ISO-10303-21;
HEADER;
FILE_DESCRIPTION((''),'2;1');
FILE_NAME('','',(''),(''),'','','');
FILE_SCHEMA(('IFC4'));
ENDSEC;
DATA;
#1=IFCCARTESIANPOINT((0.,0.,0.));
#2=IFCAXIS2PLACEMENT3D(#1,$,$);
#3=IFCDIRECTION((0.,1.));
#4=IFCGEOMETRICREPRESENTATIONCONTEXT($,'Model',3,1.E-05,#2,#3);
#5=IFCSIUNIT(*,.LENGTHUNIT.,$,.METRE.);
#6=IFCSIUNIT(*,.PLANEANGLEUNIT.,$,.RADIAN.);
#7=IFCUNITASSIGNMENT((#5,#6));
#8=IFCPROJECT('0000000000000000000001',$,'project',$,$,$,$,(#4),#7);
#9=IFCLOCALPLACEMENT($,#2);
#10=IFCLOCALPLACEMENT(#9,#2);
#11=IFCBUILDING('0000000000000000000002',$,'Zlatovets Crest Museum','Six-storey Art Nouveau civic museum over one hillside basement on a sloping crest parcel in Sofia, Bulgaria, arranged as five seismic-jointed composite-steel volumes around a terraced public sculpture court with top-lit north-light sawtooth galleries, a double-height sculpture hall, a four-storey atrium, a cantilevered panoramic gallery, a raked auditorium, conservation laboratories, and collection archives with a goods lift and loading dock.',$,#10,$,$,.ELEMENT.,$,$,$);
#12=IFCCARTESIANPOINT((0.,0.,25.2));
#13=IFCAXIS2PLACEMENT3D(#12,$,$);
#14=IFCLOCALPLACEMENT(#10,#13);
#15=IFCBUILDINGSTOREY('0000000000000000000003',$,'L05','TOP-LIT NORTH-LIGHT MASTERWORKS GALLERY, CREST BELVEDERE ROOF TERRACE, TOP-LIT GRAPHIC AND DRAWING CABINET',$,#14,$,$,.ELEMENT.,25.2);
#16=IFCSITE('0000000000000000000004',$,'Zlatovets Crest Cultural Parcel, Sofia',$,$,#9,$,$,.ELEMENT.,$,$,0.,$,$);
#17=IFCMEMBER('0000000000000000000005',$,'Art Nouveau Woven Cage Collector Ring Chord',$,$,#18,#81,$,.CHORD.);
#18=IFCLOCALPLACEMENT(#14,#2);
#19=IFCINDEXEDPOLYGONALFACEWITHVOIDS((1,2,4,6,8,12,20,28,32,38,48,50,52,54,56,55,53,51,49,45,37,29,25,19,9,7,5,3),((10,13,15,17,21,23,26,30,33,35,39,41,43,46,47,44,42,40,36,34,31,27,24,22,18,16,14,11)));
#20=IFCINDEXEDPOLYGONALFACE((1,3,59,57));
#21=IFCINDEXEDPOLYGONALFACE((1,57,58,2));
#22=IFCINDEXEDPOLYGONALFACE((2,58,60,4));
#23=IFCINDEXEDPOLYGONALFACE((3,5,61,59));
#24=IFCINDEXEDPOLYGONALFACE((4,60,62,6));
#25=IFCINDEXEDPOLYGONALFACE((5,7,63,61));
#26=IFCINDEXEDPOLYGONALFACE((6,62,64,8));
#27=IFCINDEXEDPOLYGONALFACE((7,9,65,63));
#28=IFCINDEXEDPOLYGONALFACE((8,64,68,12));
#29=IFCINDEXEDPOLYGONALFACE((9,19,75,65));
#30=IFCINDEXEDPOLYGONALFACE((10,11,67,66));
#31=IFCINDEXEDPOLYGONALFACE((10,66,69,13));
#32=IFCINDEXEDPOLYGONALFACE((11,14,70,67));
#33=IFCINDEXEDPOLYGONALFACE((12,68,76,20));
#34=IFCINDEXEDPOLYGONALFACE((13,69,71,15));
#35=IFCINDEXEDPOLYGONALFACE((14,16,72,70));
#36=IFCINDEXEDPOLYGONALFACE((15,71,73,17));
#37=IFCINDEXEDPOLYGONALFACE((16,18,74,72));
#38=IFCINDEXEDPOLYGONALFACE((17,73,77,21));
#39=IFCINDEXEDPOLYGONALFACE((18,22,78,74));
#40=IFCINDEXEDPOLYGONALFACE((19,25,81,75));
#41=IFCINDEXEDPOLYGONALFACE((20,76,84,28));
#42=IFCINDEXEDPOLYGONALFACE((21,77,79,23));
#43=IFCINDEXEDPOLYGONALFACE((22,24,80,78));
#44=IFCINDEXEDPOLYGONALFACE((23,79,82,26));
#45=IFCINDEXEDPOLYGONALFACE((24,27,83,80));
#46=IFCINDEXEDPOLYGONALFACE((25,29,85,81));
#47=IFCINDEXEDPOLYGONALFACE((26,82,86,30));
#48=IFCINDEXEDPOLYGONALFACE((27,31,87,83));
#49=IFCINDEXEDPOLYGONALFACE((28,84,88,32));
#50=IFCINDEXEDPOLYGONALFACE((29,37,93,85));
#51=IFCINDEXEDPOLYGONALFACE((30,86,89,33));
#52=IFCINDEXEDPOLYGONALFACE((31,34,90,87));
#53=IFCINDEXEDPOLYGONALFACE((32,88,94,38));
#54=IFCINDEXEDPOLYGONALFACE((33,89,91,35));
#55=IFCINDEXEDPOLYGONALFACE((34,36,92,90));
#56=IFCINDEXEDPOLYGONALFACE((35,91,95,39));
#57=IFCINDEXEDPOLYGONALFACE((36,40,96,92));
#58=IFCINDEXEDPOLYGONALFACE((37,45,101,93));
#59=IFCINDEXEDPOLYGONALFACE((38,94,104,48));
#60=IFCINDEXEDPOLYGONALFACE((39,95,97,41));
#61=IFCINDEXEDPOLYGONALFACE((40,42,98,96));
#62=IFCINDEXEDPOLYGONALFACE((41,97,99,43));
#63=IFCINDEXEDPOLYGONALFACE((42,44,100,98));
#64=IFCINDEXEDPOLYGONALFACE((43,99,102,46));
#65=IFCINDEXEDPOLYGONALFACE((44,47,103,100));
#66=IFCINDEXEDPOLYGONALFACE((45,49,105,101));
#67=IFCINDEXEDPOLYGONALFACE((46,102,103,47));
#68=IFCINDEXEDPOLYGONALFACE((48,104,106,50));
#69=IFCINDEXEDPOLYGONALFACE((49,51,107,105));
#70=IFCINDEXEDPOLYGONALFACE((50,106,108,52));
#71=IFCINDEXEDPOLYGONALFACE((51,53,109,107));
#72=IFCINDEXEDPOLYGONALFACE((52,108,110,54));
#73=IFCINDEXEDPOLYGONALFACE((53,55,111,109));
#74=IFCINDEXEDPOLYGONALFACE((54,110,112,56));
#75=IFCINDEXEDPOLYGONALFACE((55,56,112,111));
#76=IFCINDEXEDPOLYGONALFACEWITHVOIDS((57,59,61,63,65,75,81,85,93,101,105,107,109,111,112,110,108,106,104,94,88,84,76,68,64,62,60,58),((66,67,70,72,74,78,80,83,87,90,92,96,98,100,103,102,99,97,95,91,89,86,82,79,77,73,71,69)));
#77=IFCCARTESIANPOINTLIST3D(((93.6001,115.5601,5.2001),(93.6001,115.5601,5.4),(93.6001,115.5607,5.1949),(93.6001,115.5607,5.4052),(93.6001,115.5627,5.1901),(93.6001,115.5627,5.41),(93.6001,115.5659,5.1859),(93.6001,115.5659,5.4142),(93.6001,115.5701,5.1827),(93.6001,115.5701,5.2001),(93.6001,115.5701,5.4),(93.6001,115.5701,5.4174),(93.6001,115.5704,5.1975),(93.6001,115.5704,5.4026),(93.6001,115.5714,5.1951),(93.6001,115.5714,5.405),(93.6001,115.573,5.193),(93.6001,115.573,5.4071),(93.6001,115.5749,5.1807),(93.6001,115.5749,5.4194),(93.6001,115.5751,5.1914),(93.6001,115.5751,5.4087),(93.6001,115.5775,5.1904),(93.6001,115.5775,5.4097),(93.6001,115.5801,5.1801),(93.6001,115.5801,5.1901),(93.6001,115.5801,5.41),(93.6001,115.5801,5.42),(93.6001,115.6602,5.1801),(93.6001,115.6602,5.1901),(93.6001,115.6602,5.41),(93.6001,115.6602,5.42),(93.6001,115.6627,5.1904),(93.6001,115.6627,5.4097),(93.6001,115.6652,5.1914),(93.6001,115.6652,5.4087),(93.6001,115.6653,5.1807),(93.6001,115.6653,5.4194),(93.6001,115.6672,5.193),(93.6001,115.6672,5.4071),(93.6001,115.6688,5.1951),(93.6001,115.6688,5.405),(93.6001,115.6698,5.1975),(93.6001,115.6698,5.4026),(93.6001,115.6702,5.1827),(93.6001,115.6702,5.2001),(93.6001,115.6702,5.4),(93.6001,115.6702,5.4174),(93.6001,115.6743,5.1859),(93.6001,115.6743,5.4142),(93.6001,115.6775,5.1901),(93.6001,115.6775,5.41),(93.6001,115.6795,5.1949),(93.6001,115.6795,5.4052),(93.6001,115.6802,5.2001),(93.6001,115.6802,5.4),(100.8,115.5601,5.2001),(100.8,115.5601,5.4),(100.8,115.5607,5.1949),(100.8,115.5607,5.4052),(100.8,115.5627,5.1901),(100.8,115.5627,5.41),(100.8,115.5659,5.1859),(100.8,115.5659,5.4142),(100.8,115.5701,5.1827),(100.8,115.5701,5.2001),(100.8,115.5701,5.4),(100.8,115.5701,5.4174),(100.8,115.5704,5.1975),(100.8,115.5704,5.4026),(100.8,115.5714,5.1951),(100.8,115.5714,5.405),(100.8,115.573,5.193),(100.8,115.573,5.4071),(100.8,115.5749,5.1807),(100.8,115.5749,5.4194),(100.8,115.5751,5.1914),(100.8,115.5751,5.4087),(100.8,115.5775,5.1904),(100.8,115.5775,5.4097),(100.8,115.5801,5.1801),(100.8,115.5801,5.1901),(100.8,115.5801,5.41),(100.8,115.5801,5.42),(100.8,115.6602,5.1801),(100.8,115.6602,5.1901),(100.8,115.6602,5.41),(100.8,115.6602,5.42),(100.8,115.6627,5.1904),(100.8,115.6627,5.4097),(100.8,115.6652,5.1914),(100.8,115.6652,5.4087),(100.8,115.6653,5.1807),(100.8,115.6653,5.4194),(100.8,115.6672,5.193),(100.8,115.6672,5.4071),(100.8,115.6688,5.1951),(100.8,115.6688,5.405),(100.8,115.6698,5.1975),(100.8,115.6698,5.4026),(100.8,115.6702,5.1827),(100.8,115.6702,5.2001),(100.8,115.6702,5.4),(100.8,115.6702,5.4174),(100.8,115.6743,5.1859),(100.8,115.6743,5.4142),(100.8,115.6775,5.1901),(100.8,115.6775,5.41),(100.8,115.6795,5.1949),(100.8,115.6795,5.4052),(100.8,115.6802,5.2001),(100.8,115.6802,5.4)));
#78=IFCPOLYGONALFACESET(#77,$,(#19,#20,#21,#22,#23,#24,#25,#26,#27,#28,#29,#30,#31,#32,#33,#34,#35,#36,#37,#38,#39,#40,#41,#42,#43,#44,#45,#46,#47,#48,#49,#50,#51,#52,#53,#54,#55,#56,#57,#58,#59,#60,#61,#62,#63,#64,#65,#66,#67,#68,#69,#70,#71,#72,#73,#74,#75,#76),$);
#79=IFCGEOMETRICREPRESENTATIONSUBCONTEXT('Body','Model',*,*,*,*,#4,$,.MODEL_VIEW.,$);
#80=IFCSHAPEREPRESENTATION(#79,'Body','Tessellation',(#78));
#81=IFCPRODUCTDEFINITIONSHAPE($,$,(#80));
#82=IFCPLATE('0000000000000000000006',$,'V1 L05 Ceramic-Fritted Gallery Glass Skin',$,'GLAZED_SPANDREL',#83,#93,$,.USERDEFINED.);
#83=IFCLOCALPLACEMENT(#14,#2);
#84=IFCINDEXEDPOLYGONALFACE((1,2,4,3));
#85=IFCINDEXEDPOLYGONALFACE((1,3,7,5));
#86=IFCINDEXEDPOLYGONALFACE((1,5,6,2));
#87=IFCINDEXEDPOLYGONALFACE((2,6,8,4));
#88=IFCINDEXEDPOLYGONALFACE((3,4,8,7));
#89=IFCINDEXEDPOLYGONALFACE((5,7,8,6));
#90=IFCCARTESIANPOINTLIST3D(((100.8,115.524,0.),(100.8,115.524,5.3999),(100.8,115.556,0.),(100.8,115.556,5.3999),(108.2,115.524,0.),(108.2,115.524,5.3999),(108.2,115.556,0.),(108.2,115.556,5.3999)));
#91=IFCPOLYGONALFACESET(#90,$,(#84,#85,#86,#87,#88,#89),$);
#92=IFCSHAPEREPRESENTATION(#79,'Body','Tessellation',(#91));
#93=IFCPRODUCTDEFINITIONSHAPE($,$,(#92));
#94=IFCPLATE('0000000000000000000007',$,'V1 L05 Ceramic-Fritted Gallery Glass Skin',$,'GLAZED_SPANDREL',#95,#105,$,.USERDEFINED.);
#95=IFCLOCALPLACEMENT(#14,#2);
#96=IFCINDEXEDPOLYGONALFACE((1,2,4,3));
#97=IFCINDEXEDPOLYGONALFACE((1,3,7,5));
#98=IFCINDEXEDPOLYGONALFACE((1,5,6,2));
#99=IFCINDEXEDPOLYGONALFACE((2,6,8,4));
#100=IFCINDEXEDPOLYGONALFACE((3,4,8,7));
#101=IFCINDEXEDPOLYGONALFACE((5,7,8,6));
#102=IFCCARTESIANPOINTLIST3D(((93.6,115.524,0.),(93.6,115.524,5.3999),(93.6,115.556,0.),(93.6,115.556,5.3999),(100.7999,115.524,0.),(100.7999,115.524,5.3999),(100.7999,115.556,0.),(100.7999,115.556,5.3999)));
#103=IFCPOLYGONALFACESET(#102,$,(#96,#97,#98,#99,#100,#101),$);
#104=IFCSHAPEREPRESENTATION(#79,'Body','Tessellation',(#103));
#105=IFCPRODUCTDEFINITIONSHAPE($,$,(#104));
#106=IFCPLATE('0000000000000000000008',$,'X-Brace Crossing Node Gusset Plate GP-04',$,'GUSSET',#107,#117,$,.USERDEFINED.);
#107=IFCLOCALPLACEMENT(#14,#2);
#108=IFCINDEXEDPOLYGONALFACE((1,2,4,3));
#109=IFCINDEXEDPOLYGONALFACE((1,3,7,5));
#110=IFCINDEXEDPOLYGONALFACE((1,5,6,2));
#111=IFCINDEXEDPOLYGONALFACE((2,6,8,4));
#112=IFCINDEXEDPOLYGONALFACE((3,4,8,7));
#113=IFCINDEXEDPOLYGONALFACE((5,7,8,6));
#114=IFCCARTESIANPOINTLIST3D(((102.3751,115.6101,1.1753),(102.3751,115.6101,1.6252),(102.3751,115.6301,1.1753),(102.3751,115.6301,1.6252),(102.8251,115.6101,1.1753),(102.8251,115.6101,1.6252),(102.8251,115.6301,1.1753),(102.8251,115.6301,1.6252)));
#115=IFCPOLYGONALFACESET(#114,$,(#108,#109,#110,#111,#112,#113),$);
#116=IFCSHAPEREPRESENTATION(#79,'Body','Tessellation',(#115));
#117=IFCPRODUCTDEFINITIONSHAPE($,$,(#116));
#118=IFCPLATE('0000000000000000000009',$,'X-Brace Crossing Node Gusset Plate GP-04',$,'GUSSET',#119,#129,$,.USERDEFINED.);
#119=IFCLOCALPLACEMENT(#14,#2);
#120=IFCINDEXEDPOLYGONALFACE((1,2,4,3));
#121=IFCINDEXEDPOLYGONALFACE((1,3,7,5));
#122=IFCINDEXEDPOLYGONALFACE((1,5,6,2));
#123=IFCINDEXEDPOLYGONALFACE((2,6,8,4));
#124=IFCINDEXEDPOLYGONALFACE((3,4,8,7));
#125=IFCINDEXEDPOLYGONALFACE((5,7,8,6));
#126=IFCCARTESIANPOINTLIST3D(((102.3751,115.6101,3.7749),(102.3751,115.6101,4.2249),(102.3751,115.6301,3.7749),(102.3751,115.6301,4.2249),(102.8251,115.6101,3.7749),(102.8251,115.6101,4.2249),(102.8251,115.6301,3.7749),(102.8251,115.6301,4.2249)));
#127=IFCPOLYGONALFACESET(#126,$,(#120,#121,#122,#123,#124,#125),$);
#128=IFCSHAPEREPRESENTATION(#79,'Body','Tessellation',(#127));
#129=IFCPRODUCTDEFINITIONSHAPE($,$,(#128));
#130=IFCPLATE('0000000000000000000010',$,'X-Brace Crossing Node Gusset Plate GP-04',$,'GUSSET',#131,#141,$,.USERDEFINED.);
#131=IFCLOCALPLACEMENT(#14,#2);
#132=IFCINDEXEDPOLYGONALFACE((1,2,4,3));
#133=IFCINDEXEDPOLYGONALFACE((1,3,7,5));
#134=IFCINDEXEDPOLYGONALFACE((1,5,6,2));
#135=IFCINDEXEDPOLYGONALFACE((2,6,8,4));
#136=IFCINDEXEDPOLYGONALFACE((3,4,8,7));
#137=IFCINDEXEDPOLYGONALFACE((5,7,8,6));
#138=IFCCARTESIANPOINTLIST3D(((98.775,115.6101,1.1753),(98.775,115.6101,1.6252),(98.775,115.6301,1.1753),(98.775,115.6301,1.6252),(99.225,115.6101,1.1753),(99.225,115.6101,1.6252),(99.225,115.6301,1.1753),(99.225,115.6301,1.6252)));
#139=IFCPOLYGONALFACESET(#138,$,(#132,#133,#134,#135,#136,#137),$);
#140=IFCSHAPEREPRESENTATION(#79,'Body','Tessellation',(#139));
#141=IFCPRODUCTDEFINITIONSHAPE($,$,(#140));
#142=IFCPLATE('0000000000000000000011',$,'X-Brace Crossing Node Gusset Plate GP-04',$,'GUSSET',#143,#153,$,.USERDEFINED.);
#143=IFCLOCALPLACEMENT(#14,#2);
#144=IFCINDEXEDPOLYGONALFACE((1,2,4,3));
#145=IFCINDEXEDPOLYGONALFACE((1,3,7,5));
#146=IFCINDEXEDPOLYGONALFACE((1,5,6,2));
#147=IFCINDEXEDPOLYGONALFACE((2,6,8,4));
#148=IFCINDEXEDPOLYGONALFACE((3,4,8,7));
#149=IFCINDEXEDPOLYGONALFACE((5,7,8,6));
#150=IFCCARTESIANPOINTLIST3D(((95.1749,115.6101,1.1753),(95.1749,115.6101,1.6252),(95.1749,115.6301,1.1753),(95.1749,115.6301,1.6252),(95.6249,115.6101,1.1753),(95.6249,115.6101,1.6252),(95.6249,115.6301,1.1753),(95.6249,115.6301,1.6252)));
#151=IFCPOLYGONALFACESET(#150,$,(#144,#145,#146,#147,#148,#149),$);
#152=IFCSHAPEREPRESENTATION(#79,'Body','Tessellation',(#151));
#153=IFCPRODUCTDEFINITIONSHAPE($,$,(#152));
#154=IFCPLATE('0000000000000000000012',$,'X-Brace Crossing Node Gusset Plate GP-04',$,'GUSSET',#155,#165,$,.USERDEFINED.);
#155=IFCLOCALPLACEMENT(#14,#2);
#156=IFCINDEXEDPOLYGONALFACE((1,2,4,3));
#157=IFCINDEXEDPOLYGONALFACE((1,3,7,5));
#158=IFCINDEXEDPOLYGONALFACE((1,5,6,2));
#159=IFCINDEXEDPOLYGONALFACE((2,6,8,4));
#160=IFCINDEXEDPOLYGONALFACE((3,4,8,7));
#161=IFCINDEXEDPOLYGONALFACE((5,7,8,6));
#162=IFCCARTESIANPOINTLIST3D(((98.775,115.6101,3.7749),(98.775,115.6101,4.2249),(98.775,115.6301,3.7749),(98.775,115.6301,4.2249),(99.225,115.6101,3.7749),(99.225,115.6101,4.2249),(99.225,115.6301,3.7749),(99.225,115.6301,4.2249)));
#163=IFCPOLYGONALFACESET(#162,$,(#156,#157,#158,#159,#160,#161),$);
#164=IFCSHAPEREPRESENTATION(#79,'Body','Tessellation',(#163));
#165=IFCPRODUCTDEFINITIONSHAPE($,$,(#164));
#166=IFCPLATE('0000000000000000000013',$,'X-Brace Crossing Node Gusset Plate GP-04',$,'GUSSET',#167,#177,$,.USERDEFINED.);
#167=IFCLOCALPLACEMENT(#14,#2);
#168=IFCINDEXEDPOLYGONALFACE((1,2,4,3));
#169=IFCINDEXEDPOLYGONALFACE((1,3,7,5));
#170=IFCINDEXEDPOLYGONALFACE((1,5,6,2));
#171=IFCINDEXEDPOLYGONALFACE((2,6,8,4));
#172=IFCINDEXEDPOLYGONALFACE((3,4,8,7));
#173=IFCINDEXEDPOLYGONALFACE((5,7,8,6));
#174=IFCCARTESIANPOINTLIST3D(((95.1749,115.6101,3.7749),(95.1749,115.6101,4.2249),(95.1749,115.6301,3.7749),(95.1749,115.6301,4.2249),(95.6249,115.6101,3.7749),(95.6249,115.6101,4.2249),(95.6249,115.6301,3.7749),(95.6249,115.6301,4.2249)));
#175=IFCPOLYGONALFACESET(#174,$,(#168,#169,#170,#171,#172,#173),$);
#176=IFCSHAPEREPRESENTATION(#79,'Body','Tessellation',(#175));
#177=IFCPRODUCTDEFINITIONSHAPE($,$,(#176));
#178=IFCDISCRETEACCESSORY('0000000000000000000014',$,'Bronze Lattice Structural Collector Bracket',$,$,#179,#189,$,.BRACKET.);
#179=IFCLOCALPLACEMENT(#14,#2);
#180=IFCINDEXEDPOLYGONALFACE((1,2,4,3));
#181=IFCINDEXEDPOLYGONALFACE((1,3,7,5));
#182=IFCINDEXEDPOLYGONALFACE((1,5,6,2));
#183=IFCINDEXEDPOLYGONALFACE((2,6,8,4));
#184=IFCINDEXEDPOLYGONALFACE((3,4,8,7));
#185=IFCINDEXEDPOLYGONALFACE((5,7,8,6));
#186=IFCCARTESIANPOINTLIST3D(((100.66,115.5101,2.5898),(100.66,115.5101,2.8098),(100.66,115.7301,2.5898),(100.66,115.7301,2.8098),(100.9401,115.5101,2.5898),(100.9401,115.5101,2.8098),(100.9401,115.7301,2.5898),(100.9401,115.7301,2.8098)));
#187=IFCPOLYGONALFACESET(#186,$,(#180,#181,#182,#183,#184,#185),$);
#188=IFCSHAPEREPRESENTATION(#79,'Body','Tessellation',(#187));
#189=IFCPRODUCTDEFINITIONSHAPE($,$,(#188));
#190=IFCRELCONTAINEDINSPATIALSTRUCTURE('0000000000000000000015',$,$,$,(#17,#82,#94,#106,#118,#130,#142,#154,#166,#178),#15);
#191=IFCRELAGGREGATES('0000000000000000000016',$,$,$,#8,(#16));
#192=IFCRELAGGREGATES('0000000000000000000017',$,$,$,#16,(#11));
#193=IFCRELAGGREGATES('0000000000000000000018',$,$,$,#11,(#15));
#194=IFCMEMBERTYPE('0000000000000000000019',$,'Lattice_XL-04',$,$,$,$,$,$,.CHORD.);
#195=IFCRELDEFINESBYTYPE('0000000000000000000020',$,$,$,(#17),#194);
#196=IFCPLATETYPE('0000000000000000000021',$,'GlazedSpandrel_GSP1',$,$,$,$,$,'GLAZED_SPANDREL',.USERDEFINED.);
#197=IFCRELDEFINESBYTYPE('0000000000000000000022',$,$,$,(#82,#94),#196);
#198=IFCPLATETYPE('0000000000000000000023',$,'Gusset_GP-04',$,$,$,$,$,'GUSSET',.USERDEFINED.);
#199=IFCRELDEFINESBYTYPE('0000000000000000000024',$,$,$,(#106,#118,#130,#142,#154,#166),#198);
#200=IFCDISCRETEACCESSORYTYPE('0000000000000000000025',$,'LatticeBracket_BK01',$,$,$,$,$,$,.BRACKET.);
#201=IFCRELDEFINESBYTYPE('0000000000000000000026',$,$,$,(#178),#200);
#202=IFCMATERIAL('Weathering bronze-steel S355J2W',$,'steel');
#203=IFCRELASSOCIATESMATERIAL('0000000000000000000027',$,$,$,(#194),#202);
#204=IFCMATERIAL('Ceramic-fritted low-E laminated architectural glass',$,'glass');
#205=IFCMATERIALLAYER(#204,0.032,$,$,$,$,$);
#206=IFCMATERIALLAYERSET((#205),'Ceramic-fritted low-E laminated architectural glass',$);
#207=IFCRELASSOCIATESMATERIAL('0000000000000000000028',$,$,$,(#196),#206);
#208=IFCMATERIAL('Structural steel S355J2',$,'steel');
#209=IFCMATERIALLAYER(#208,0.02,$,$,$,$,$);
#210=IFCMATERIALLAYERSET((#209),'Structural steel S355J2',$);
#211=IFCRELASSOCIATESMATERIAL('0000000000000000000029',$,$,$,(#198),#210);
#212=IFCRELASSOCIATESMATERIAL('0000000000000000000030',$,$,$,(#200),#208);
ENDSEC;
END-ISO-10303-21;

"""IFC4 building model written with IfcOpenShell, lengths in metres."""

from ifc_helpers import new_model, si_unit, direction, frame, origin, origin_2d, place, context, subcontext, project, spatial, rectangle, hollow_rectangle, extrude, material, layer, layer_set, material_profile, profile_set, type_object, element, save


model = new_model("IFC4")

# Units and contexts
model_context = context("Model", 3, precision=1e-05, world=origin(), true_north=direction((0.0, 1.0)))
body_context = subcontext(model_context, "Body", "Model", "MODEL_VIEW")
ifc_project = project(units=[si_unit("LENGTHUNIT", "METRE"), si_unit("PLANEANGLEUNIT", "RADIAN")], contexts=[model_context])

# Site, building, storey
site_placement = place(None, origin())
site = spatial("IfcSite", under=ifc_project, at=site_placement, Name="Zlatovets Crest Cultural Parcel, Sofia", CompositionType="ELEMENT", RefElevation=0.0)
building_placement = place(site_placement, origin())
building = spatial("IfcBuilding", under=site, at=building_placement, Name="Zlatovets Crest Museum", Description="Six-storey Art Nouveau civic museum over one hillside basement on a sloping crest parcel in Sofia, Bulgaria, arranged as five seismic-jointed composite-steel volumes around a terraced public sculpture court with top-lit north-light sawtooth galleries, a double-height sculpture hall, a four-storey atrium, a cantilevered panoramic gallery, a raked auditorium, conservation laboratories, and collection archives with a goods lift and loading dock.", CompositionType="ELEMENT")
storey_placement = place(building_placement, frame((0.0, 0.0, 25.2)))
storey = spatial("IfcBuildingStorey", under=building, at=storey_placement, Name="L05", Description="TOP-LIT NORTH-LIGHT MASTERWORKS GALLERY, CREST BELVEDERE ROOF TERRACE, TOP-LIT GRAPHIC AND DRAWING CABINET", CompositionType="ELEMENT", Elevation=25.2)

# Shared definitions
ifc_material_1 = material(Name="Structural steel S355J2", Category="steel")

# Member
ifc_material_2 = material(Name="Weathering bronze-steel S355J2W", Category="steel")
ifc_material_profile_1 = material_profile(ifc_material_2, hollow_rectangle(XDim=0.1201, YDim=0.24, WallThickness=0.01, InnerFilletRadius=0.01, OuterFilletRadius=0.02, at=origin_2d()), Name="RHS 120x240x10.0")
ifc_profile_set_1 = profile_set([ifc_material_profile_1], Name="Weathering bronze-steel S355J2W")
member_type_1 = type_object("IfcMemberType", Name="Lattice_XL-04", PredefinedType="CHORD", material=ifc_profile_set_1)
member_1_placement = place(storey_placement, frame((100.8, 115.6201, 5.3), z_axis=(-1.0, 0.0, 0.0), x_axis=(0.0, -1.0, 0.0)))
element("IfcMember", 1, at=member_1_placement, inside=storey, type_object=member_type_1, Name="Art Nouveau Woven Cage Collector Ring Chord", PredefinedType="CHORD", context=body_context, shape_type="SweptSolid", body=[
    extrude(hollow_rectangle(XDim=0.1201, YDim=0.24, WallThickness=0.01, InnerFilletRadius=0.01, OuterFilletRadius=0.02, at=origin_2d()), origin(), (0.0, 0.0, 1.0), 7.2),
])

# Plates
ifc_material_3 = material(Name="Ceramic-fritted low-E laminated architectural glass", Category="glass")
ifc_layer_1 = layer(ifc_material_3, 0.032)
ifc_layer_set_1 = layer_set([ifc_layer_1], Name="Ceramic-fritted low-E laminated architectural glass")
plate_type_1 = type_object("IfcPlateType", Name="GlazedSpandrel_GSP1", ElementType="GLAZED_SPANDREL", PredefinedType="USERDEFINED", material=ifc_layer_set_1)
plate_1_placement = place(storey_placement, frame((104.5, 115.54, 0.0), z_axis=(0.0, 0.0, 1.0), x_axis=(1.0, 0.0, 0.0)))
element("IfcPlate", 2, at=plate_1_placement, inside=storey, type_object=plate_type_1, Name="V1 L05 Ceramic-Fritted Gallery Glass Skin", ObjectType="GLAZED_SPANDREL", PredefinedType="USERDEFINED", context=body_context, shape_type="SweptSolid", body=[
    extrude(rectangle(XDim=7.3999, YDim=0.032, at=origin_2d()), origin(), (0.0, 0.0, 1.0), 5.3999),
])
plate_2_placement = place(storey_placement, frame((97.2, 115.54, 0.0), z_axis=(0.0, 0.0, 1.0), x_axis=(1.0, 0.0, 0.0)))
element("IfcPlate", 3, at=plate_2_placement, inside=storey, type_object=plate_type_1, Name="V1 L05 Ceramic-Fritted Gallery Glass Skin", ObjectType="GLAZED_SPANDREL", PredefinedType="USERDEFINED", context=body_context, shape_type="SweptSolid", body=[
    extrude(rectangle(XDim=7.2, YDim=0.032, at=origin_2d()), origin(), (0.0, 0.0, 1.0), 5.3999),
])
ifc_layer_2 = layer(ifc_material_1, 0.02)
ifc_layer_set_2 = layer_set([ifc_layer_2], Name="Structural steel S355J2")
plate_type_2 = type_object("IfcPlateType", Name="Gusset_GP-04", ElementType="GUSSET", PredefinedType="USERDEFINED", material=ifc_layer_set_2)
for number, where, z_axis, x_axis, name in (
    (4, (102.6001, 115.6201, 1.1753), (0.0, 0.0, 1.0), (1.0, 0.0, 0.0), "X-Brace Crossing Node Gusset Plate GP-04"),
    (5, (102.6001, 115.6201, 3.7749), (0.0, 0.0, 1.0), (1.0, 0.0, 0.0), "X-Brace Crossing Node Gusset Plate GP-04"),
    (6, (99.0, 115.6201, 1.1753), (0.0, 0.0, 1.0), (1.0, 0.0, 0.0), "X-Brace Crossing Node Gusset Plate GP-04"),
    (7, (95.3999, 115.6201, 1.1753), (0.0, 0.0, 1.0), (1.0, 0.0, 0.0), "X-Brace Crossing Node Gusset Plate GP-04"),
    (8, (99.0, 115.6201, 3.7749), (0.0, 0.0, 1.0), (1.0, 0.0, 0.0), "X-Brace Crossing Node Gusset Plate GP-04"),
    (9, (95.3999, 115.6201, 3.7749), (0.0, 0.0, 1.0), (1.0, 0.0, 0.0), "X-Brace Crossing Node Gusset Plate GP-04"),
):
    element("IfcPlate", number, at=place(storey_placement, frame(where, z_axis=z_axis, x_axis=x_axis)), inside=storey, type_object=plate_type_2, Name=name, ObjectType="GUSSET", PredefinedType="USERDEFINED", context=body_context, shape_type="SweptSolid", body=[
        extrude(rectangle(XDim=0.45, YDim=0.02, at=origin_2d()), origin(), (0.0, 0.0, 1.0), 0.45),
    ])

# Discrete accessory
discrete_accessory_type = type_object("IfcDiscreteAccessoryType", Name="LatticeBracket_BK01", PredefinedType="BRACKET", material=ifc_material_1)
discrete_accessory_placement = place(storey_placement, frame((100.8, 115.6201, 2.5898), z_axis=(0.0, 0.0, 1.0), x_axis=(1.0, 0.0, 0.0)))
element("IfcDiscreteAccessory", 10, at=discrete_accessory_placement, inside=storey, type_object=discrete_accessory_type, Name="Bronze Lattice Structural Collector Bracket", PredefinedType="BRACKET", context=body_context, shape_type="SweptSolid", body=[
    extrude(rectangle(XDim=0.28, YDim=0.22, at=origin_2d()), origin(), (0.0, 0.0, 1.0), 0.22),
])

save(model, "model.ifc")
